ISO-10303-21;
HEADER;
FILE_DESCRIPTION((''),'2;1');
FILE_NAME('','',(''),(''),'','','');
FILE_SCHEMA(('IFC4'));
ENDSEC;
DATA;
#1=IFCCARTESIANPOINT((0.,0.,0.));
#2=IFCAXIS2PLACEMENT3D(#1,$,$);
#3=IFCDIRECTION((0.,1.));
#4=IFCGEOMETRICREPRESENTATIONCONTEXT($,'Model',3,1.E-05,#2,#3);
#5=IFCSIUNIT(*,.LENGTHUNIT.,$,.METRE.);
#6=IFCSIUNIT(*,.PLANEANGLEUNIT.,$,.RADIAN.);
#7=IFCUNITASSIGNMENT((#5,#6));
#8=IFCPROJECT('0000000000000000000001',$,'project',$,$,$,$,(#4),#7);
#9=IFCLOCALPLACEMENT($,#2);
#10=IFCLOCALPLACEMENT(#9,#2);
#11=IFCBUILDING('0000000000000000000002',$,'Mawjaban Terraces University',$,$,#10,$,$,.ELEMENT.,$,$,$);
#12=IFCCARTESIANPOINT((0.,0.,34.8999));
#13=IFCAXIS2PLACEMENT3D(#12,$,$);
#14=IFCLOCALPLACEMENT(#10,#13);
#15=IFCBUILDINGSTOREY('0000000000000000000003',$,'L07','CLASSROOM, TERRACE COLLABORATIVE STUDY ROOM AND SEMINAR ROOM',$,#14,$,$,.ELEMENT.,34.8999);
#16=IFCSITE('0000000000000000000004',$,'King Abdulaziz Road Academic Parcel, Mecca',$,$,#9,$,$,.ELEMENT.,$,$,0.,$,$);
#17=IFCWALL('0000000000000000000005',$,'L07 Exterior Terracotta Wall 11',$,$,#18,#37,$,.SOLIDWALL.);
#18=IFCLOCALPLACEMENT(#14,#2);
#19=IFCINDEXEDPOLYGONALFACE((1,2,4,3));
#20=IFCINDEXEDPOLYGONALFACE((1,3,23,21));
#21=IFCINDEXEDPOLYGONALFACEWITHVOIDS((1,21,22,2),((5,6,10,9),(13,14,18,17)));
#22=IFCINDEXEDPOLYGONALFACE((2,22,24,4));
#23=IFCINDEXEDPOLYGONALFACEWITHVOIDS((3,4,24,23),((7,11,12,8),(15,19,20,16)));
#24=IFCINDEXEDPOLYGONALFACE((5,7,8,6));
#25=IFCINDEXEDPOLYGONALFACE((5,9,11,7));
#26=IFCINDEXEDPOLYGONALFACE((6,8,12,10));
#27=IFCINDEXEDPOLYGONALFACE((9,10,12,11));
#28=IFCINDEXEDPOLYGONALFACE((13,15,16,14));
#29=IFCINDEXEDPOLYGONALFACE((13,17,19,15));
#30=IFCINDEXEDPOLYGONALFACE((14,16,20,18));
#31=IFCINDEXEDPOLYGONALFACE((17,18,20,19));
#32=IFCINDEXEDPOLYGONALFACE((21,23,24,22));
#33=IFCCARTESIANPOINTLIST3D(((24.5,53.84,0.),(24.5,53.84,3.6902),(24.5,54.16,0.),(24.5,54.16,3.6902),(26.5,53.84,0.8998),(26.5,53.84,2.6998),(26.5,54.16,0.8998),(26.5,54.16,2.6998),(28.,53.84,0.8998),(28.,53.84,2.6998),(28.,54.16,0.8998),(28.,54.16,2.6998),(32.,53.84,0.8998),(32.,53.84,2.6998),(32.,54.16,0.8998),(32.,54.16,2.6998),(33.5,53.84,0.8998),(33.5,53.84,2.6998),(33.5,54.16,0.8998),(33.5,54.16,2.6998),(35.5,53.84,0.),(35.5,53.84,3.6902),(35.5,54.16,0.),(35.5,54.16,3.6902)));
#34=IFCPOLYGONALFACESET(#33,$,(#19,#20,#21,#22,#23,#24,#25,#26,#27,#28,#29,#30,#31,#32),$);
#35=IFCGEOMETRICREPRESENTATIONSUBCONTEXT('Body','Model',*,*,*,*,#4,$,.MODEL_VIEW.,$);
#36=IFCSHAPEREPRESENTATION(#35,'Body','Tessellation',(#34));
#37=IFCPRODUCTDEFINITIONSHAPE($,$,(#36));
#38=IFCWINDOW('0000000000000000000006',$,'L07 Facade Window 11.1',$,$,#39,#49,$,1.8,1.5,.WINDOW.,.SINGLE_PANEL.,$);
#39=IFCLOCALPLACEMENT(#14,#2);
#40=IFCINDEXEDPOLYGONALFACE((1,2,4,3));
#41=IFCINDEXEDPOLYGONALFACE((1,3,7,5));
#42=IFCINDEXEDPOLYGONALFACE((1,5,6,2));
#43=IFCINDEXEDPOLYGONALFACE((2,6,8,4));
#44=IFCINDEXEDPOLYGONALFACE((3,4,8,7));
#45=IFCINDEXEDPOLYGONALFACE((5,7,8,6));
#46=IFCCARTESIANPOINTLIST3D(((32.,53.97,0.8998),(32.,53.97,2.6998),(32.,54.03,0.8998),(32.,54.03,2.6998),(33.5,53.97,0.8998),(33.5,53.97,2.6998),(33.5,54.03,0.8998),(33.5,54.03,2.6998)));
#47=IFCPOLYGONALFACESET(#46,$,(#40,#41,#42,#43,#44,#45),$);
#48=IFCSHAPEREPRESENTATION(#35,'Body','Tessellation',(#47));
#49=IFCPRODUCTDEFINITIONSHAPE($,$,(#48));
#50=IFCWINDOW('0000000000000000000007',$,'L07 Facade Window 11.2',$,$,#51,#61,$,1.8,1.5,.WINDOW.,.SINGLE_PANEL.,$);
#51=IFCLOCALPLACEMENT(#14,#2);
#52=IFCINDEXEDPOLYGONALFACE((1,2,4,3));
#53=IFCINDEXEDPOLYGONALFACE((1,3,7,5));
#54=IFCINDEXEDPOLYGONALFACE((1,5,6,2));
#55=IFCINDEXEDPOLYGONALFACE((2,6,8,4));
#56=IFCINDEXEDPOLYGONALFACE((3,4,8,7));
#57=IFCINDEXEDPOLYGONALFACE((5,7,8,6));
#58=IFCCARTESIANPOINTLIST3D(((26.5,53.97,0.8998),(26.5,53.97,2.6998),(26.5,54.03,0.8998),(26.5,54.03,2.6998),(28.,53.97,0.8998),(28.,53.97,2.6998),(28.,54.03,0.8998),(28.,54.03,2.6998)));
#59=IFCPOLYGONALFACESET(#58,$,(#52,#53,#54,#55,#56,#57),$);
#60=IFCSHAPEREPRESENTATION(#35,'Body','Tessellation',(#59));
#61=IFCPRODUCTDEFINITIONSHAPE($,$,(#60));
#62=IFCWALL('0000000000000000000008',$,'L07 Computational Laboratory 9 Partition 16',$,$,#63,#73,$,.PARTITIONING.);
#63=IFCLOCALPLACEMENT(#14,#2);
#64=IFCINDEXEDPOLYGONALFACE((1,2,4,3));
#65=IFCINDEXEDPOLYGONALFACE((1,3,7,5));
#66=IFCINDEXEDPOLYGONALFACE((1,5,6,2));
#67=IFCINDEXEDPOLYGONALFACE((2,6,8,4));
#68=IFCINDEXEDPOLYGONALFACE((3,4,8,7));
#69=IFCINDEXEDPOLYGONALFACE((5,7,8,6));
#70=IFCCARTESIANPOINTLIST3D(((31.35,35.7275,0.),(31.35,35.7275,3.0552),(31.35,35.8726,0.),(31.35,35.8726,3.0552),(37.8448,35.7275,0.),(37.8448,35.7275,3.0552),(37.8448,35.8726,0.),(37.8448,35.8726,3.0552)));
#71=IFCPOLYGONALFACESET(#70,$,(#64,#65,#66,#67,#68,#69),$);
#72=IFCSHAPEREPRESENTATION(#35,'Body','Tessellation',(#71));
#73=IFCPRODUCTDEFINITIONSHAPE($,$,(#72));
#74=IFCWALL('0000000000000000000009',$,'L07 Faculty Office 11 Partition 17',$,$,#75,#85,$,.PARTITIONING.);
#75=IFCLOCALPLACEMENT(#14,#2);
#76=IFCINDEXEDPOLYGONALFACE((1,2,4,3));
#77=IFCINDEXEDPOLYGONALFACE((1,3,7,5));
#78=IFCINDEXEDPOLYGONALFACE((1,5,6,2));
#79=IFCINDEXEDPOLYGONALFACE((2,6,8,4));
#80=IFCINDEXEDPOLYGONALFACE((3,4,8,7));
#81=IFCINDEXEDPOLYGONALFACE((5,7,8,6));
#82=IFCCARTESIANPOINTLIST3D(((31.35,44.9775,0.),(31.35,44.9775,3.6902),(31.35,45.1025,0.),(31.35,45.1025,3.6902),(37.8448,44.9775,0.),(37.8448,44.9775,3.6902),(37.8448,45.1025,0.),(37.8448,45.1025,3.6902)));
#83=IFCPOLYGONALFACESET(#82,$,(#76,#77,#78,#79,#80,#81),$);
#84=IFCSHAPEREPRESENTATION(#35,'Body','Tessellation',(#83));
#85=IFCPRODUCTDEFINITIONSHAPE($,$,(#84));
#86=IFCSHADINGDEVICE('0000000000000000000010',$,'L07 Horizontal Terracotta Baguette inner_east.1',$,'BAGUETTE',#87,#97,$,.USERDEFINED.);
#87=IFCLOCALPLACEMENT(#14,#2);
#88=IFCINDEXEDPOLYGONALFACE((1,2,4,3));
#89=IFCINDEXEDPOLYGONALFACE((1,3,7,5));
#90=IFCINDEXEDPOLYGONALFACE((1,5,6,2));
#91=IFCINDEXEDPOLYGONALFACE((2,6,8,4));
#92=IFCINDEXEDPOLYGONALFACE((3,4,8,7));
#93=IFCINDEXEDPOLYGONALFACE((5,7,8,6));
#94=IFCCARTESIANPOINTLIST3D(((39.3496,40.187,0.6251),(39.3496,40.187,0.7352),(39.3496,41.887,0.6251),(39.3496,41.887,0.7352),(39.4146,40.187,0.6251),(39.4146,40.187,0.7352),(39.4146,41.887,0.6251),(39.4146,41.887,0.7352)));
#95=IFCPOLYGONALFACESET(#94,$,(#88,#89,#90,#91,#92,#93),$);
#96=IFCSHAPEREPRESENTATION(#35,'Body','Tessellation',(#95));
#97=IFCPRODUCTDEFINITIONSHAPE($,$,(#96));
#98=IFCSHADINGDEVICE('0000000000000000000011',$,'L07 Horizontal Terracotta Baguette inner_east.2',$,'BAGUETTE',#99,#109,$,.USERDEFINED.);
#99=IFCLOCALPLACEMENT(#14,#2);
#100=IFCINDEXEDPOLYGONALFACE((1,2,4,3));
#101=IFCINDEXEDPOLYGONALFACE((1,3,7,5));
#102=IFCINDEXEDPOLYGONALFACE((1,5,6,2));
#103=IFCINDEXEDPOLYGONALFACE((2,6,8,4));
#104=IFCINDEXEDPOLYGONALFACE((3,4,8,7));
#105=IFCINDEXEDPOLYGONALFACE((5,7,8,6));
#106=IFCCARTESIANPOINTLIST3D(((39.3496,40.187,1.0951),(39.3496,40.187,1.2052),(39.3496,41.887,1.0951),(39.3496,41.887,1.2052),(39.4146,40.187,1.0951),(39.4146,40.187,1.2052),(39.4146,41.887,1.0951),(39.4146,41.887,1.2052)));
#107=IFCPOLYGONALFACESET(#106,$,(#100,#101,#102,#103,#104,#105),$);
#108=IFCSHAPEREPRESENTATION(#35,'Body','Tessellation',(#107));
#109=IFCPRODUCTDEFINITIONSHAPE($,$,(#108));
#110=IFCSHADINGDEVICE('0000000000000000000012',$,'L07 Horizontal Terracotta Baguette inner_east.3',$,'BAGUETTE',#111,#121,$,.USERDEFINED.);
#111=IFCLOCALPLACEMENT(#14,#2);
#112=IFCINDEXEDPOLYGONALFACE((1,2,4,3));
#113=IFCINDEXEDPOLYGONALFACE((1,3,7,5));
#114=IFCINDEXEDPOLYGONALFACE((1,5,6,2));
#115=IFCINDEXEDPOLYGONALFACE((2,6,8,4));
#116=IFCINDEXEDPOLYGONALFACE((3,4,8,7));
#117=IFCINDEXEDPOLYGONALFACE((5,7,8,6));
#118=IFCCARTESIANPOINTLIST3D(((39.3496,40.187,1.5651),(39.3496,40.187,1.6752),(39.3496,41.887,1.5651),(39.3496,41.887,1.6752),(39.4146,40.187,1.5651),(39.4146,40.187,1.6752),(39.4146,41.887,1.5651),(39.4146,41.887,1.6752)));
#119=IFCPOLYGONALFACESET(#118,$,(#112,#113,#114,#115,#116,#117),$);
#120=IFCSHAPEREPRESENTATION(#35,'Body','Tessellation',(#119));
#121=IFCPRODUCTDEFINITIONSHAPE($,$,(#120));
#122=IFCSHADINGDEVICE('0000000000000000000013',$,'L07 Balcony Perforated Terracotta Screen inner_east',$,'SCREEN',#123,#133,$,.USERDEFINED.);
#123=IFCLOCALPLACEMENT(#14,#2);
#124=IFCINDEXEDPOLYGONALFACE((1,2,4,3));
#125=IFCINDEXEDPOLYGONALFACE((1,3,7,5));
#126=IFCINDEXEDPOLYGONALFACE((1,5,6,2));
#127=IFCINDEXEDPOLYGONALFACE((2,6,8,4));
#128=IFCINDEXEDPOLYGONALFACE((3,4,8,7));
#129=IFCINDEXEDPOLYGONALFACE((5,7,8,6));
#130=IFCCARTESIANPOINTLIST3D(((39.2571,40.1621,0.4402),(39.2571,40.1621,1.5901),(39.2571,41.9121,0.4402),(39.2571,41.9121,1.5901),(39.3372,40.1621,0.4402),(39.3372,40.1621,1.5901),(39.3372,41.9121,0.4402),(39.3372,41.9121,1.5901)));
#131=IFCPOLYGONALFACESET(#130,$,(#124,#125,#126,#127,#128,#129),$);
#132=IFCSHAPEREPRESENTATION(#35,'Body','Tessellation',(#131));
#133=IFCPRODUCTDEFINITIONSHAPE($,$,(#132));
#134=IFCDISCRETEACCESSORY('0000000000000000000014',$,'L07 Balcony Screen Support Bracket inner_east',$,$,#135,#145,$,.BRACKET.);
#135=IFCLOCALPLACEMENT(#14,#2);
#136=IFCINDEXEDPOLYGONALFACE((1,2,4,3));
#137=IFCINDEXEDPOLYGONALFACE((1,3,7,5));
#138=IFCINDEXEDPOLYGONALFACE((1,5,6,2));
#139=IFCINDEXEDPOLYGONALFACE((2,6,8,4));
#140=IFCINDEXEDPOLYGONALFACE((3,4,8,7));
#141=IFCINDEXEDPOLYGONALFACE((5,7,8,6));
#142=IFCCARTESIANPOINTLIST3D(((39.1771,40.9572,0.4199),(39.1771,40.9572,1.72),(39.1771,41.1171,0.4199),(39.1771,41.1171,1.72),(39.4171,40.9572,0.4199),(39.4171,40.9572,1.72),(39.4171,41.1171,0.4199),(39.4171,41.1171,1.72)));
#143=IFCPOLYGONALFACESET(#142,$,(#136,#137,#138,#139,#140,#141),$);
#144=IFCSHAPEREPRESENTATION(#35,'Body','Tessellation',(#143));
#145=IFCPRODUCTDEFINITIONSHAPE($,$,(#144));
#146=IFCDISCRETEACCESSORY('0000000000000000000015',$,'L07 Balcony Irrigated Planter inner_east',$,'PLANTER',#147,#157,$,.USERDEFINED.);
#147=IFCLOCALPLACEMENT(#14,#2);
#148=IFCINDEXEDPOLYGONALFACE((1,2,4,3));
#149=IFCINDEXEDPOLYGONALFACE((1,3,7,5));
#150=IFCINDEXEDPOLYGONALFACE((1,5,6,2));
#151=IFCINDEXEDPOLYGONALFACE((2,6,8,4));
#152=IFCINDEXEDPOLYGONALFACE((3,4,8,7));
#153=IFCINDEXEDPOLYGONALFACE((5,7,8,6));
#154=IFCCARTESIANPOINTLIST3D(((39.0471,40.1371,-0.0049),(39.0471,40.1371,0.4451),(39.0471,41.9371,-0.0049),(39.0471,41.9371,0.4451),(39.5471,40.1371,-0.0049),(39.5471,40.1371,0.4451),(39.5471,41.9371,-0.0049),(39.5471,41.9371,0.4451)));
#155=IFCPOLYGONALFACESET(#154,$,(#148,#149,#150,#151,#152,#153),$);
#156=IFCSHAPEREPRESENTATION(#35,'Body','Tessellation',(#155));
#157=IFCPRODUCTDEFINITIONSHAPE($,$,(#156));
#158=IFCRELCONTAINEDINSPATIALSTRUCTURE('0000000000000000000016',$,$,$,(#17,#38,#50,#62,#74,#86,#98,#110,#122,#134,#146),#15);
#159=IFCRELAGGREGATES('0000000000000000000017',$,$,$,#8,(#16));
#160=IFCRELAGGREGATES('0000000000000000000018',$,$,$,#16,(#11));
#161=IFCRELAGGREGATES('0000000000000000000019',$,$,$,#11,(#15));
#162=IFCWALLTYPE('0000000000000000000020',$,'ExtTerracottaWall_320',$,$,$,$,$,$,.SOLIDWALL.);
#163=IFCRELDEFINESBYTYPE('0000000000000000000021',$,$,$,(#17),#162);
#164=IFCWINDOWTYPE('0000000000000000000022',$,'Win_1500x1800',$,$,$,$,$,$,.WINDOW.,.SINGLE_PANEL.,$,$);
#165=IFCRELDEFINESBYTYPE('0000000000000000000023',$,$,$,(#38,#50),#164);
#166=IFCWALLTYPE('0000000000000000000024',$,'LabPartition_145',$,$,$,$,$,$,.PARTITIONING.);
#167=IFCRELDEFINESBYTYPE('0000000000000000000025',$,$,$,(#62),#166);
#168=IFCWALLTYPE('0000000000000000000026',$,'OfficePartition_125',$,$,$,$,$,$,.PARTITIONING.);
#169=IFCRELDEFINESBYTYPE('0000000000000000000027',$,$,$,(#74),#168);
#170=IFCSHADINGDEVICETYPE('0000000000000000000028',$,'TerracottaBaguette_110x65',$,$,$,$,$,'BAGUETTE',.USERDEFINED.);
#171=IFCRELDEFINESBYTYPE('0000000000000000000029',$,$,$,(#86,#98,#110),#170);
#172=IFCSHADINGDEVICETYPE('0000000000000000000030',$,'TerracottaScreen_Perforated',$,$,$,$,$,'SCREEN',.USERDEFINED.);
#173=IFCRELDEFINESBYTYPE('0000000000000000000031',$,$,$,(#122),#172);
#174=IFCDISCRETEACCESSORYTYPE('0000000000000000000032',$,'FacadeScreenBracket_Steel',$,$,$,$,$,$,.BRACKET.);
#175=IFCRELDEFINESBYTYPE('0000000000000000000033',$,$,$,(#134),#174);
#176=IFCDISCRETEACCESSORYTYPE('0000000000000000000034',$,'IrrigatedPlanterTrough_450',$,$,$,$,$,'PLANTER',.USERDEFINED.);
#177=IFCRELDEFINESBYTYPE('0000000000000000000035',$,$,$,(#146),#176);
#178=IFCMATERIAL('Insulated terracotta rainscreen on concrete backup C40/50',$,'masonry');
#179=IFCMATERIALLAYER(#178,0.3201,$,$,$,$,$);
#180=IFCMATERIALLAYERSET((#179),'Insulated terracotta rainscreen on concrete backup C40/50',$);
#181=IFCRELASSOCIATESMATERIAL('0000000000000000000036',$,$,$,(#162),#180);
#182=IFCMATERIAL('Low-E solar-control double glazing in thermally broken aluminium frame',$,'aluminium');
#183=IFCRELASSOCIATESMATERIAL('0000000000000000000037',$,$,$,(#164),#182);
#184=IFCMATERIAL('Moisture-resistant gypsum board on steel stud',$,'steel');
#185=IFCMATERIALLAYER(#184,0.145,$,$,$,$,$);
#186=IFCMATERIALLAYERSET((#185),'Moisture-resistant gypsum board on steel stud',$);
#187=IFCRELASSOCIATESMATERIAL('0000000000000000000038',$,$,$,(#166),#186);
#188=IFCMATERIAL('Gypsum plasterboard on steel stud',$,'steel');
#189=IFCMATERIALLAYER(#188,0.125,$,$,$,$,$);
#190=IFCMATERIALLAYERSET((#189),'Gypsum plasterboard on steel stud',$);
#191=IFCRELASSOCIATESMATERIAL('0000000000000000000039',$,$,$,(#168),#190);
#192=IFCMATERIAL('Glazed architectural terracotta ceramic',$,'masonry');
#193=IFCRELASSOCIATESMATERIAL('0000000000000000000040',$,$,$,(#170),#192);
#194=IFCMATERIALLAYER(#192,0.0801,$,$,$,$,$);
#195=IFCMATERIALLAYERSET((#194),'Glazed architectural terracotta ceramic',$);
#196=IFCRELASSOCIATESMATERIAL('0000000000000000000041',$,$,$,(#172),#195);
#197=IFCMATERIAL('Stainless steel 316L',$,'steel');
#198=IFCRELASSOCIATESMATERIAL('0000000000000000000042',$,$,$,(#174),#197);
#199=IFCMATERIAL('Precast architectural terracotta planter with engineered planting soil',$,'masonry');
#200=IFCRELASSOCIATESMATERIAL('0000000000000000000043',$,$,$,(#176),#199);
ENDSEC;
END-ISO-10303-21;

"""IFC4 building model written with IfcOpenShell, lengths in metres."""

from ifc_helpers import new_model, si_unit, direction, frame, frame_2d, origin, origin_2d, place, context, subcontext, project, spatial, rectangle, extrude, material, layer, layer_set, material_profile, profile_set, type_object, element, fill, save


model = new_model("IFC4")

# Units and contexts
model_context = context("Model", 3, precision=1e-05, world=origin(), true_north=direction((0.0, 1.0)))
body_context = subcontext(model_context, "Body", "Model", "MODEL_VIEW")
ifc_project = project(units=[si_unit("LENGTHUNIT", "METRE"), si_unit("PLANEANGLEUNIT", "RADIAN")], contexts=[model_context])

# Site, building, storey
site_placement = place(None, origin())
site = spatial("IfcSite", under=ifc_project, at=site_placement, Name="King Abdulaziz Road Academic Parcel, Mecca", CompositionType="ELEMENT", RefElevation=0.0)
building_placement = place(site_placement, origin())
building = spatial("IfcBuilding", under=site, at=building_placement, Name="Mawjaban Terraces University", CompositionType="ELEMENT")
storey_placement = place(building_placement, frame((0.0, 0.0, 34.8999)))
storey = spatial("IfcBuildingStorey", under=building, at=storey_placement, Name="L07", Description="CLASSROOM, TERRACE COLLABORATIVE STUDY ROOM AND SEMINAR ROOM", CompositionType="ELEMENT", Elevation=34.8999)

# Shared definitions
ifc_material_1 = material(Name="Insulated terracotta rainscreen on concrete backup C40/50", Category="masonry")
ifc_layer_1 = layer(ifc_material_1, 0.3201)
ifc_layer_set_1 = layer_set([ifc_layer_1], Name="Insulated terracotta rainscreen on concrete backup C40/50")
wall_type_1 = type_object("IfcWallType", Name="ExtTerracottaWall_320", PredefinedType="SOLIDWALL", material=ifc_layer_set_1)

# Wall, openings, windows
wall_1_placement = place(storey_placement, frame((35.5, 54.0, 0.0), z_axis=(0.0, 0.0, 1.0), x_axis=(-1.0, 0.0, 0.0)))
wall_1 = element("IfcWall", 1, at=wall_1_placement, inside=storey, type_object=wall_type_1, Name="L07 Exterior Terracotta Wall 11", PredefinedType="SOLIDWALL", context=body_context, shape_type="SweptSolid", body=[
    extrude(rectangle(XDim=11.0, YDim=0.3201, at=frame_2d((5.5, 0.0))), origin(), (0.0, 0.0, 1.0), 3.6902),
])
opening_1_placement = place(wall_1_placement, frame((2.0, 0.0, 0.8999)))
opening_1 = element("IfcOpeningElement", 2, at=opening_1_placement, cuts=wall_1, PredefinedType="OPENING", context=body_context, shape_type="SweptSolid", body=[
    extrude(rectangle(XDim=1.5, YDim=1.8, at=frame_2d((0.75, 0.8999))), frame((0.0, 0.1699, 0.0), z_axis=(0.0, -1.0, 0.0), x_axis=(1.0, 0.0, 0.0)), (0.0, 0.0, 1.0), 0.3401),
])
opening_2_placement = place(wall_1_placement, frame((7.5, 0.0, 0.8999)))
opening_2 = element("IfcOpeningElement", 3, at=opening_2_placement, cuts=wall_1, PredefinedType="OPENING", context=body_context, shape_type="SweptSolid", body=[
    extrude(rectangle(XDim=1.5, YDim=1.8, at=frame_2d((0.75, 0.8999))), frame((0.0, 0.1699, 0.0), z_axis=(0.0, -1.0, 0.0), x_axis=(1.0, 0.0, 0.0)), (0.0, 0.0, 1.0), 0.3401),
])
ifc_material_2 = material(Name="Low-E solar-control double glazing in thermally broken aluminium frame", Category="aluminium")
window_type = type_object("IfcWindowType", Name="Win_1500x1800", PartitioningType="SINGLE_PANEL", PredefinedType="WINDOW", material=ifc_material_2)
window_1_placement = place(opening_1_placement, origin())
window_1 = element("IfcWindow", 4, at=window_1_placement, inside=storey, type_object=window_type, Name="L07 Facade Window 11.1", OverallHeight=1.8, OverallWidth=1.5, PartitioningType="SINGLE_PANEL", PredefinedType="WINDOW", context=body_context, shape_type="SweptSolid", body=[
    extrude(rectangle(XDim=1.5, YDim=1.8, at=frame_2d((0.75, 0.8999))), frame((0.0, 0.03, 0.0), z_axis=(0.0, -1.0, 0.0), x_axis=(1.0, 0.0, 0.0)), (0.0, 0.0, 1.0), 0.0601),
])
fill(opening_1, window_1)
window_2_placement = place(opening_2_placement, origin())
window_2 = element("IfcWindow", 5, at=window_2_placement, inside=storey, type_object=window_type, Name="L07 Facade Window 11.2", OverallHeight=1.8, OverallWidth=1.5, PartitioningType="SINGLE_PANEL", PredefinedType="WINDOW", context=body_context, shape_type="SweptSolid", body=[
    extrude(rectangle(XDim=1.5, YDim=1.8, at=frame_2d((0.75, 0.8999))), frame((0.0, 0.03, 0.0), z_axis=(0.0, -1.0, 0.0), x_axis=(1.0, 0.0, 0.0)), (0.0, 0.0, 1.0), 0.0601),
])
fill(opening_2, window_2)

# Walls
ifc_material_3 = material(Name="Moisture-resistant gypsum board on steel stud", Category="steel")
ifc_layer_2 = layer(ifc_material_3, 0.145)
ifc_layer_set_2 = layer_set([ifc_layer_2], Name="Moisture-resistant gypsum board on steel stud")
wall_type_2 = type_object("IfcWallType", Name="LabPartition_145", PredefinedType="PARTITIONING", material=ifc_layer_set_2)
wall_2_placement = place(storey_placement, frame((37.845, 35.8, 0.0), z_axis=(0.0, 0.0, 1.0), x_axis=(-1.0, 0.0, 0.0)))
element("IfcWall", 6, at=wall_2_placement, inside=storey, type_object=wall_type_2, Name="L07 Computational Laboratory 9 Partition 16", PredefinedType="PARTITIONING", context=body_context, shape_type="SweptSolid", body=[
    extrude(rectangle(XDim=6.4949, YDim=0.145, at=frame_2d((3.2476, 0.0))), origin(), (0.0, 0.0, 1.0), 3.0552),
])
ifc_material_4 = material(Name="Gypsum plasterboard on steel stud", Category="steel")
ifc_layer_3 = layer(ifc_material_4, 0.125)
ifc_layer_set_3 = layer_set([ifc_layer_3], Name="Gypsum plasterboard on steel stud")
wall_type_3 = type_object("IfcWallType", Name="OfficePartition_125", PredefinedType="PARTITIONING", material=ifc_layer_set_3)
wall_3_placement = place(storey_placement, frame((37.845, 45.04, 0.0), z_axis=(0.0, 0.0, 1.0), x_axis=(-1.0, 0.0, 0.0)))
element("IfcWall", 7, at=wall_3_placement, inside=storey, type_object=wall_type_3, Name="L07 Faculty Office 11 Partition 17", PredefinedType="PARTITIONING", context=body_context, shape_type="SweptSolid", body=[
    extrude(rectangle(XDim=6.4949, YDim=0.125, at=frame_2d((3.2476, 0.0))), origin(), (0.0, 0.0, 1.0), 3.6902),
])

# Shading devices
ifc_material_5 = material(Name="Glazed architectural terracotta ceramic", Category="masonry")
ifc_material_profile_1 = material_profile(ifc_material_5, rectangle(XDim=0.0649, YDim=0.1101, at=origin_2d()), Name="TBAG110X65")
ifc_profile_set_1 = profile_set([ifc_material_profile_1], Name="Glazed architectural terracotta ceramic")
shading_device_type_1 = type_object("IfcShadingDeviceType", Name="TerracottaBaguette_110x65", ElementType="BAGUETTE", PredefinedType="USERDEFINED", material=ifc_profile_set_1)
for number, where, z_axis, x_axis, name in (
    (8, (39.3821, 40.187, 0.6802), (0.0, 1.0, 0.0), (-1.0, 0.0, 0.0), "L07 Horizontal Terracotta Baguette inner_east.1"),
    (9, (39.3821, 40.187, 1.1501), (0.0, 1.0, 0.0), (-1.0, 0.0, 0.0), "L07 Horizontal Terracotta Baguette inner_east.2"),
    (10, (39.3821, 40.187, 1.6201), (0.0, 1.0, 0.0), (-1.0, 0.0, 0.0), "L07 Horizontal Terracotta Baguette inner_east.3"),
):
    element("IfcShadingDevice", number, at=place(storey_placement, frame(where, z_axis=z_axis, x_axis=x_axis)), inside=storey, type_object=shading_device_type_1, Name=name, ObjectType="BAGUETTE", PredefinedType="USERDEFINED", context=body_context, shape_type="SweptSolid", body=[
        extrude(rectangle(XDim=0.0649, YDim=0.1101, at=origin_2d()), origin(), (0.0, 0.0, 1.0), 1.7),
    ])
ifc_layer_4 = layer(ifc_material_5, 0.0801)
ifc_layer_set_4 = layer_set([ifc_layer_4], Name="Glazed architectural terracotta ceramic")
shading_device_type_2 = type_object("IfcShadingDeviceType", Name="TerracottaScreen_Perforated", ElementType="SCREEN", PredefinedType="USERDEFINED", material=ifc_layer_set_4)
shading_device_placement = place(storey_placement, frame((39.2971, 41.0371, 0.4402), z_axis=(0.0, 0.0, 1.0), x_axis=(0.0, 1.0, 0.0)))
element("IfcShadingDevice", 11, at=shading_device_placement, inside=storey, type_object=shading_device_type_2, Name="L07 Balcony Perforated Terracotta Screen inner_east", ObjectType="SCREEN", PredefinedType="USERDEFINED", context=body_context, shape_type="SweptSolid", body=[
    extrude(rectangle(XDim=1.75, YDim=0.0801, at=origin_2d()), origin(), (0.0, 0.0, 1.0), 1.1499),
])

# Discrete accessories
ifc_material_6 = material(Name="Stainless steel 316L", Category="steel")
discrete_accessory_type_1 = type_object("IfcDiscreteAccessoryType", Name="FacadeScreenBracket_Steel", PredefinedType="BRACKET", material=ifc_material_6)
discrete_accessory_1_placement = place(storey_placement, frame((39.2971, 41.0371, 0.4199), z_axis=(0.0, 0.0, 1.0), x_axis=(0.0, 1.0, 0.0)))
element("IfcDiscreteAccessory", 12, at=discrete_accessory_1_placement, inside=storey, type_object=discrete_accessory_type_1, Name="L07 Balcony Screen Support Bracket inner_east", PredefinedType="BRACKET", context=body_context, shape_type="SweptSolid", body=[
    extrude(rectangle(XDim=0.1599, YDim=0.24, at=origin_2d()), origin(), (0.0, 0.0, 1.0), 1.3),
])
ifc_material_7 = material(Name="Precast architectural terracotta planter with engineered planting soil", Category="masonry")
discrete_accessory_type_2 = type_object("IfcDiscreteAccessoryType", Name="IrrigatedPlanterTrough_450", ElementType="PLANTER", PredefinedType="USERDEFINED", material=ifc_material_7)
discrete_accessory_2_placement = place(storey_placement, frame((39.2971, 41.0371, -0.0049), z_axis=(0.0, 0.0, 1.0), x_axis=(0.0, 1.0, 0.0)))
element("IfcDiscreteAccessory", 13, at=discrete_accessory_2_placement, inside=storey, type_object=discrete_accessory_type_2, Name="L07 Balcony Irrigated Planter inner_east", ObjectType="PLANTER", PredefinedType="USERDEFINED", context=body_context, shape_type="SweptSolid", body=[
    extrude(rectangle(XDim=1.8, YDim=0.5, at=origin_2d()), origin(), (0.0, 0.0, 1.0), 0.45),
])

save(model, "model.ifc")
